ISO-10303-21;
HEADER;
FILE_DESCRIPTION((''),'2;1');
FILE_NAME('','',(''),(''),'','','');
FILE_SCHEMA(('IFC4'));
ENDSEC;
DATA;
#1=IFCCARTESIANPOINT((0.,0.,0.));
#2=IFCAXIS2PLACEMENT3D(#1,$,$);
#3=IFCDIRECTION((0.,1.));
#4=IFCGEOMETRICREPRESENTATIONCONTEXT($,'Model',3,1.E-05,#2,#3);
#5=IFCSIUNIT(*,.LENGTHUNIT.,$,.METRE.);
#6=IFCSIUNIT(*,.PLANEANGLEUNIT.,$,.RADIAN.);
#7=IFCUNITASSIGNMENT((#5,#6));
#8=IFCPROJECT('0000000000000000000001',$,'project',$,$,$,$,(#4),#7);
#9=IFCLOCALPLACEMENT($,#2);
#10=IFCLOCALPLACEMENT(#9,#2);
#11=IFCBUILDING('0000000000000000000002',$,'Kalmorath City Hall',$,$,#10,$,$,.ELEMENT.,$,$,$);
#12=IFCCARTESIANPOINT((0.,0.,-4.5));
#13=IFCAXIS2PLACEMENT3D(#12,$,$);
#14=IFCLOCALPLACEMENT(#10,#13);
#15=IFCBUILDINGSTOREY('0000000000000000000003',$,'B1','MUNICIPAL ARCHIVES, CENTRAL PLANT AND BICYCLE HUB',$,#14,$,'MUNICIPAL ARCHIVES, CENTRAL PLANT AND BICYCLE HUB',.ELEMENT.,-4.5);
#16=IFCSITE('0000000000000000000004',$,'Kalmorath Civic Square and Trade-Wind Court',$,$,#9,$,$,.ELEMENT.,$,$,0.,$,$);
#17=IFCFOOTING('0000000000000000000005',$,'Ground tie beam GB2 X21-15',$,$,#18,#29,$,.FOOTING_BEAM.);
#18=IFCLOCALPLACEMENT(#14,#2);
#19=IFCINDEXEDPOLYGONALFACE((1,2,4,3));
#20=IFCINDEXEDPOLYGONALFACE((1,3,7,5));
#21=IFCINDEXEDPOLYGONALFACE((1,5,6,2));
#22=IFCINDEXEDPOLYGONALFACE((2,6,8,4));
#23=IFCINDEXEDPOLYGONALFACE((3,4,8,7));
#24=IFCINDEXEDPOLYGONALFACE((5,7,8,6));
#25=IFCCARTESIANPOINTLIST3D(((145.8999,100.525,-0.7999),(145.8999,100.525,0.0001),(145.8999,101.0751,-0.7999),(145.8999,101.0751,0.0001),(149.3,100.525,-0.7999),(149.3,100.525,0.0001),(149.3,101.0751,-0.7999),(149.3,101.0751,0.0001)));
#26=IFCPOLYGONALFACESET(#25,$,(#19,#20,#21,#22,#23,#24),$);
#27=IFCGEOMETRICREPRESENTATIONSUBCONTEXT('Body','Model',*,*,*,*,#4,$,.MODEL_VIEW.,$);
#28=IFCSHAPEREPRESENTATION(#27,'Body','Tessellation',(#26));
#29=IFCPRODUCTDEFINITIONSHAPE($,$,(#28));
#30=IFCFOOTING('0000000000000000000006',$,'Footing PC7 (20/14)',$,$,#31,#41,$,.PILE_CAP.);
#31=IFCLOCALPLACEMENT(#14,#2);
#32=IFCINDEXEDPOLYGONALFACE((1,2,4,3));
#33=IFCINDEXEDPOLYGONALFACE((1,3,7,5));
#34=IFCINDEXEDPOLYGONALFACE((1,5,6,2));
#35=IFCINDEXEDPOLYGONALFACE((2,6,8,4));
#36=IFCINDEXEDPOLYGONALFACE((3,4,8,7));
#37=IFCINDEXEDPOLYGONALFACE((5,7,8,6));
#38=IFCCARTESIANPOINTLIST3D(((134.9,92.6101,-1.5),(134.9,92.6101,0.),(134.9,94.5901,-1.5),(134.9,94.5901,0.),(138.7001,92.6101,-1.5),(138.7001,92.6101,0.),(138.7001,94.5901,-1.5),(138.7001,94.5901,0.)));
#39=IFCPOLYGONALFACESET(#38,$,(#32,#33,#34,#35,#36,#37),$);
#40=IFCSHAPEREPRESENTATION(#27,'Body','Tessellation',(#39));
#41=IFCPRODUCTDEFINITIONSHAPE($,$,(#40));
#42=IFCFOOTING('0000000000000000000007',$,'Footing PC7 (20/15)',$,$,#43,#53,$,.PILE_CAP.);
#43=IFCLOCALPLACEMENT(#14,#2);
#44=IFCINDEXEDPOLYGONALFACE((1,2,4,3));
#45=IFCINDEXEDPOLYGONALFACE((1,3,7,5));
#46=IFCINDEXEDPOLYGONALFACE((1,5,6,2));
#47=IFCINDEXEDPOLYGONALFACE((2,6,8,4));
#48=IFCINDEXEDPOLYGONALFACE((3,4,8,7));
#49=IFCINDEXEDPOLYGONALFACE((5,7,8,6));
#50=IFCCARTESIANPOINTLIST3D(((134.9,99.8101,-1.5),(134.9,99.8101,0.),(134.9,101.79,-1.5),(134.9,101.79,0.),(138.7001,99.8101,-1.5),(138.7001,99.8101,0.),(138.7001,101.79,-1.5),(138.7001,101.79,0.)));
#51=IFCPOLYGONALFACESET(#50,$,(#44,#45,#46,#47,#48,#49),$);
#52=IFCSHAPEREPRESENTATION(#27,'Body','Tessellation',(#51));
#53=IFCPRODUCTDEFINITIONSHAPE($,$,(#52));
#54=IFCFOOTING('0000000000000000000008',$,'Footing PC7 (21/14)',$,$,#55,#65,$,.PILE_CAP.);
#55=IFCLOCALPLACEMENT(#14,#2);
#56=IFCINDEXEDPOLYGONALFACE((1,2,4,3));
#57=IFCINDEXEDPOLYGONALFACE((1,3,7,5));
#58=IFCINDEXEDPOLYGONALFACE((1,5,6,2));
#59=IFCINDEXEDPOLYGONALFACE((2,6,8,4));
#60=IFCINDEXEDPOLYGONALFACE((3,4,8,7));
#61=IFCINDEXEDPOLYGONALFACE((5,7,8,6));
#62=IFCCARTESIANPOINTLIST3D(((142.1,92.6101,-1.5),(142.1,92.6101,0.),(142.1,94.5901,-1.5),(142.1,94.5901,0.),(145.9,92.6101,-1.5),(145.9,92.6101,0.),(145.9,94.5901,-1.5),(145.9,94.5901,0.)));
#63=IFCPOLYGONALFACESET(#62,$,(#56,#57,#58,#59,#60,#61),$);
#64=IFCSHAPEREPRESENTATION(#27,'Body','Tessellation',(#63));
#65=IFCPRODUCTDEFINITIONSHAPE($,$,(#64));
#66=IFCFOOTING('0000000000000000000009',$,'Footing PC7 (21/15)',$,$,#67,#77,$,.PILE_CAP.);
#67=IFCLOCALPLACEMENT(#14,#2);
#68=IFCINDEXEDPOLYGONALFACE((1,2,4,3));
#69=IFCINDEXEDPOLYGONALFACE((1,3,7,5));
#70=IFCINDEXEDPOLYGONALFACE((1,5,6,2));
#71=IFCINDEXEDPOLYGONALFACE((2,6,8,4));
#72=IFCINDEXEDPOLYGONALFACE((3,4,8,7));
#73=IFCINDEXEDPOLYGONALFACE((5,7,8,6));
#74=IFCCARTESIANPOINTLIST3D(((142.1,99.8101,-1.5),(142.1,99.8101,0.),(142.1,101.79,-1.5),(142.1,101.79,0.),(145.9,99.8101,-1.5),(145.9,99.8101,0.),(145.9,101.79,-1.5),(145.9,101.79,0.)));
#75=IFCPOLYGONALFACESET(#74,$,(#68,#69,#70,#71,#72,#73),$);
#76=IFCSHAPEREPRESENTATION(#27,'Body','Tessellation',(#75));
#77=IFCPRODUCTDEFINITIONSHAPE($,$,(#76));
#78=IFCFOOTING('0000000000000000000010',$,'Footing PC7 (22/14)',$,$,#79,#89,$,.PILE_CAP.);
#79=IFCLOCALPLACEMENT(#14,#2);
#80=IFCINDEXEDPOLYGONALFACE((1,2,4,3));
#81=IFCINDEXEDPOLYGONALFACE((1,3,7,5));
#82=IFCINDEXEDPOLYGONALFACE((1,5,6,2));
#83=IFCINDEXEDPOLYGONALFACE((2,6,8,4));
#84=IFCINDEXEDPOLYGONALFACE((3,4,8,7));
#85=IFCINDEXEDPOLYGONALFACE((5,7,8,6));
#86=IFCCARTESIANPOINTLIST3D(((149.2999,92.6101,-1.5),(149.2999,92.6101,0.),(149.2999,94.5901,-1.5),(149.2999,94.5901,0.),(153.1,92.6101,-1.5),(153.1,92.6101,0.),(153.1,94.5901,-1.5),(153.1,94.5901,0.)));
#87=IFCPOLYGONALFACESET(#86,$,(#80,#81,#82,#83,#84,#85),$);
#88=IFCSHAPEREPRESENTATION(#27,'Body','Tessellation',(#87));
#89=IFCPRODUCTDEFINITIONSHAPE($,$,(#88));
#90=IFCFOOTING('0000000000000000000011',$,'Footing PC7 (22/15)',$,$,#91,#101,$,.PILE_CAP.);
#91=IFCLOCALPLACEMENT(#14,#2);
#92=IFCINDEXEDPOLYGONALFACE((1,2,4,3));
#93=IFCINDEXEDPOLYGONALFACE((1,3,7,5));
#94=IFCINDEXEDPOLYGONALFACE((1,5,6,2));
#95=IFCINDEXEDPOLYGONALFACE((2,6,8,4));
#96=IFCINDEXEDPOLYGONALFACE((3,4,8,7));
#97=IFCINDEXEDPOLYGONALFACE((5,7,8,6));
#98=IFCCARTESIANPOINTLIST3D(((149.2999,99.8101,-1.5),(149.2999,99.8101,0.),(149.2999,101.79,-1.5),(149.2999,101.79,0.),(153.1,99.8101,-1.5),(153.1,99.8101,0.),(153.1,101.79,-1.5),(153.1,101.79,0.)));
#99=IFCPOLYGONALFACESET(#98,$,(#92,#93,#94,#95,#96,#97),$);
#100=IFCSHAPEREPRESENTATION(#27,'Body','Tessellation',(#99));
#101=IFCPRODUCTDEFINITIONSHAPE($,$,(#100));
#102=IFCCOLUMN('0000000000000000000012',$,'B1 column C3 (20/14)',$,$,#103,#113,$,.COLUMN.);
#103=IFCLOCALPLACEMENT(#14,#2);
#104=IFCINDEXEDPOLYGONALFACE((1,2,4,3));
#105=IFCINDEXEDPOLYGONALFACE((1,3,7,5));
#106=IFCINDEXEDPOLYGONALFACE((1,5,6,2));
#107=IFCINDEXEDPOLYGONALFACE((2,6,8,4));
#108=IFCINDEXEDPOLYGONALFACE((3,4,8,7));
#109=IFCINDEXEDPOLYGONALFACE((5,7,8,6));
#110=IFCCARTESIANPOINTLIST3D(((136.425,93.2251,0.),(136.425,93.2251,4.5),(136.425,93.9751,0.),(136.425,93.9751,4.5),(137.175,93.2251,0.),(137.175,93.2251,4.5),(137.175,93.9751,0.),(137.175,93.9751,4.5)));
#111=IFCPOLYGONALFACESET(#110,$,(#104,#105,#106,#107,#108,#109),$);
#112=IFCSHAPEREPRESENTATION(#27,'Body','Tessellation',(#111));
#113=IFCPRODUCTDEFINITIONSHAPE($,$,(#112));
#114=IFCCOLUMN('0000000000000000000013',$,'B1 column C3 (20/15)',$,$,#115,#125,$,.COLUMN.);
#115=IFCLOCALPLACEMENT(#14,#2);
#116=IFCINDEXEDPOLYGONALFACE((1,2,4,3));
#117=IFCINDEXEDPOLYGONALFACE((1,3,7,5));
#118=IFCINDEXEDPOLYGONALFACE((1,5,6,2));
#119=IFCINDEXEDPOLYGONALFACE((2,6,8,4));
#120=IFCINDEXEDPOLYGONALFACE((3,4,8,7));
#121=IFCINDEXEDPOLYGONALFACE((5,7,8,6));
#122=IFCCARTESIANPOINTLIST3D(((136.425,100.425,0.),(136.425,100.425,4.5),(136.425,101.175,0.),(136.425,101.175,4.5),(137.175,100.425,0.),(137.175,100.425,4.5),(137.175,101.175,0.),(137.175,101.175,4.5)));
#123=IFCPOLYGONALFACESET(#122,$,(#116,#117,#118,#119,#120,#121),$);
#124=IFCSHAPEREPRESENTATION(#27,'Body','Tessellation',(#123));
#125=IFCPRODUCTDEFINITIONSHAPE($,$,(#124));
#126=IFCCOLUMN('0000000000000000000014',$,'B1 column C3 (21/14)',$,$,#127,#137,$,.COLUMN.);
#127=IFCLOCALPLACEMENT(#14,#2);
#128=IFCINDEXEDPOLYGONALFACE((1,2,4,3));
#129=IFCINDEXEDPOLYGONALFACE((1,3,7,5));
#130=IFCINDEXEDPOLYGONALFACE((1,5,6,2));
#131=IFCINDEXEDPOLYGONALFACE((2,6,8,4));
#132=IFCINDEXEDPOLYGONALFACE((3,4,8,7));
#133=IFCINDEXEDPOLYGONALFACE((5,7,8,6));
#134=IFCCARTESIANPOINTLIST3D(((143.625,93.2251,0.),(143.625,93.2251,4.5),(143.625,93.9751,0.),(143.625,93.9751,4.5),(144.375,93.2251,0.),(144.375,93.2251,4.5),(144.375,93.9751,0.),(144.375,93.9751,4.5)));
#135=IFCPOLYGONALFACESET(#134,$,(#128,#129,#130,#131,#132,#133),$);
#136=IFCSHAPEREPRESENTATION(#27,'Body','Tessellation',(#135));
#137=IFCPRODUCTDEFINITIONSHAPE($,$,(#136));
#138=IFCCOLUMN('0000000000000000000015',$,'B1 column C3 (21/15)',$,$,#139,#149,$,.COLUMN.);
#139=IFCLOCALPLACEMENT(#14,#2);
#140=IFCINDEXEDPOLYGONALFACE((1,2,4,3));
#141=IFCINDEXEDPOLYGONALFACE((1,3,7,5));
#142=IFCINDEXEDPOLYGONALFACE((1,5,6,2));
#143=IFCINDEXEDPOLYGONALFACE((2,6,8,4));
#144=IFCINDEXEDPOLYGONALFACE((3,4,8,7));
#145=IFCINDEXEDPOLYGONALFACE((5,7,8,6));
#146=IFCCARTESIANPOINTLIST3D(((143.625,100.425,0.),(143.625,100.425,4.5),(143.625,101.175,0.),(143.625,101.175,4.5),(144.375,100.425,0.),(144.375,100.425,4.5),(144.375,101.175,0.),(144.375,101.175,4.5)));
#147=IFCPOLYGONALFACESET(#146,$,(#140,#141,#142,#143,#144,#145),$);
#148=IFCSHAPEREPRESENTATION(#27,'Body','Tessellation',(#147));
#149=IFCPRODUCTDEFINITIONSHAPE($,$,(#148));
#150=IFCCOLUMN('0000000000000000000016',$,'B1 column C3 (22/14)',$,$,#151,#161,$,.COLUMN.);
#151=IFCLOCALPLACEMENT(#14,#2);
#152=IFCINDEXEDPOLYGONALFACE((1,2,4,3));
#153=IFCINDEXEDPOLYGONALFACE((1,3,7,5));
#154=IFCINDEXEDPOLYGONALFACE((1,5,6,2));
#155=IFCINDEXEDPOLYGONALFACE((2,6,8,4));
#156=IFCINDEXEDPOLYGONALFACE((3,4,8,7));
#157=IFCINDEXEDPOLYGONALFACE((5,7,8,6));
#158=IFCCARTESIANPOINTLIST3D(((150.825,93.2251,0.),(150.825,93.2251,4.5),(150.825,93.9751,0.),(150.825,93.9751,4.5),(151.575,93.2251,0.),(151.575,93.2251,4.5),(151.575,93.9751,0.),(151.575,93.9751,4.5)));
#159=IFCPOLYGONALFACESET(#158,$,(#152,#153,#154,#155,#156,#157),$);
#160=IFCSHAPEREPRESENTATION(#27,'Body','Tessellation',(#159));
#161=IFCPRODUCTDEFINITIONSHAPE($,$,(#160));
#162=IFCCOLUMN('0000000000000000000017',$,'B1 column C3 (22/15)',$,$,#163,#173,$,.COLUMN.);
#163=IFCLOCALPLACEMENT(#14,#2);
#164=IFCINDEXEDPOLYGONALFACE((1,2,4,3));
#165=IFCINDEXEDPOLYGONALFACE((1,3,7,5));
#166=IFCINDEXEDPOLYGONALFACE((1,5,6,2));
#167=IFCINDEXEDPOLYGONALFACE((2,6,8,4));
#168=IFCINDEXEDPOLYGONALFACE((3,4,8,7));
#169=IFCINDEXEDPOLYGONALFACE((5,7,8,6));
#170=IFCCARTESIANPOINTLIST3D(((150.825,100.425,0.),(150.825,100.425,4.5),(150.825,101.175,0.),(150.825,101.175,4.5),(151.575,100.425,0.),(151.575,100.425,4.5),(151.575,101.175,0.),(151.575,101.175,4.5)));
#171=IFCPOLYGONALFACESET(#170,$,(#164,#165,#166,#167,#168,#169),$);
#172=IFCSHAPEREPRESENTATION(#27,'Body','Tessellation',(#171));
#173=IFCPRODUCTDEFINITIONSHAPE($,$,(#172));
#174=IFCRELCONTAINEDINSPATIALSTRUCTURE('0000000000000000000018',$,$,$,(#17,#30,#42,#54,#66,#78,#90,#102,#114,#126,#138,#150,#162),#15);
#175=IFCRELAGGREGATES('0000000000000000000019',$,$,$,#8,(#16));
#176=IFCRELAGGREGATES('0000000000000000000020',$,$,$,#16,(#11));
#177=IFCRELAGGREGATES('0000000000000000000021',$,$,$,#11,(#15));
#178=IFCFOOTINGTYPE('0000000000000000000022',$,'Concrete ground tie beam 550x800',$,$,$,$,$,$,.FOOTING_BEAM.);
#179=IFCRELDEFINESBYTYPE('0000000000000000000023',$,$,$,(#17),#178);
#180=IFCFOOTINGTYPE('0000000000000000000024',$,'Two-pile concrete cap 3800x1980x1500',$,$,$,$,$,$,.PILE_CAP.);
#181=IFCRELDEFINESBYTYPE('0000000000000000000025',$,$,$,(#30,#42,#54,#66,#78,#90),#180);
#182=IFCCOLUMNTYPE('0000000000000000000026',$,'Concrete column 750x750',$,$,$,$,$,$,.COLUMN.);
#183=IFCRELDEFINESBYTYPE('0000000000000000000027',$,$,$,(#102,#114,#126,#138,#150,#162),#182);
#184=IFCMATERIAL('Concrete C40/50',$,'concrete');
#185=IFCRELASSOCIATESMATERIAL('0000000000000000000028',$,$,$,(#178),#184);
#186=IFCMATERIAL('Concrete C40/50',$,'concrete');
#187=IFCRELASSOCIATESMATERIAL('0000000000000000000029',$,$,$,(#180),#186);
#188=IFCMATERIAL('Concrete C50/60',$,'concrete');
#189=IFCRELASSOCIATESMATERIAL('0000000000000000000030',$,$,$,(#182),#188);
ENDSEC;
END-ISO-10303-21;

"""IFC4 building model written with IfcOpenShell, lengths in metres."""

from ifc_helpers import new_model, si_unit, direction, frame, origin, origin_2d, place, context, subcontext, project, spatial, rectangle, extrude, material, material_profile, profile_set, type_object, element, save


model = new_model("IFC4")

# Units and contexts
model_context = context("Model", 3, precision=1e-05, world=origin(), true_north=direction((0.0, 1.0)))
body_context = subcontext(model_context, "Body", "Model", "MODEL_VIEW")
ifc_project = project(units=[si_unit("LENGTHUNIT", "METRE"), si_unit("PLANEANGLEUNIT", "RADIAN")], contexts=[model_context])

# Site, building, storey
site_placement = place(None, origin())
site = spatial("IfcSite", under=ifc_project, at=site_placement, Name="Kalmorath Civic Square and Trade-Wind Court", CompositionType="ELEMENT", RefElevation=0.0)
building_placement = place(site_placement, origin())
building = spatial("IfcBuilding", under=site, at=building_placement, Name="Kalmorath City Hall", CompositionType="ELEMENT")
storey_placement = place(building_placement, frame((0.0, 0.0, -4.5)))
storey = spatial("IfcBuildingStorey", under=building, at=storey_placement, Name="B1", Description="MUNICIPAL ARCHIVES, CENTRAL PLANT AND BICYCLE HUB", LongName="MUNICIPAL ARCHIVES, CENTRAL PLANT AND BICYCLE HUB", CompositionType="ELEMENT", Elevation=-4.5)

# Footings
ifc_material_1 = material(Name="Concrete C40/50", Category="concrete")
ifc_material_profile_1 = material_profile(ifc_material_1, rectangle(XDim=0.55, YDim=0.8, at=origin_2d()), Name="RC-BM-550X800")
ifc_profile_set_1 = profile_set([ifc_material_profile_1], Name="Concrete C40/50")
footing_type_1 = type_object("IfcFootingType", Name="Concrete ground tie beam 550x800", PredefinedType="FOOTING_BEAM", material=ifc_profile_set_1)
for number, where, z_axis, x_axis, name in (
    (1, (145.8999, 100.8, -0.3999), (1.0, 0.0, 0.0), (0.0, 1.0, 0.0), "Ground tie beam GB2 X21-15"),
):
    element("IfcFooting", number, at=place(storey_placement, frame(where, z_axis=z_axis, x_axis=x_axis)), inside=storey, type_object=footing_type_1, Name=name, PredefinedType="FOOTING_BEAM", context=body_context, shape_type="SweptSolid", body=[
        extrude(rectangle(XDim=0.55, YDim=0.8, at=origin_2d()), origin(), (0.0, 0.0, 1.0), 3.4001),
    ])
ifc_material_2 = material(Name="Concrete C40/50", Category="concrete")
footing_type_2 = type_object("IfcFootingType", Name="Two-pile concrete cap 3800x1980x1500", PredefinedType="PILE_CAP", material=ifc_material_2)
for number, where, z_axis, x_axis, name in (
    (2, (136.8, 93.6001, -1.5), (0.0, 0.0, 1.0), (1.0, 0.0, 0.0), "Footing PC7 (20/14)"),
    (3, (136.8, 100.8, -1.5), (0.0, 0.0, 1.0), (1.0, 0.0, 0.0), "Footing PC7 (20/15)"),
    (4, (144.0, 93.6001, -1.5), (0.0, 0.0, 1.0), (1.0, 0.0, 0.0), "Footing PC7 (21/14)"),
    (5, (144.0, 100.8, -1.5), (0.0, 0.0, 1.0), (1.0, 0.0, 0.0), "Footing PC7 (21/15)"),
    (6, (151.2, 93.6001, -1.5), (0.0, 0.0, 1.0), (1.0, 0.0, 0.0), "Footing PC7 (22/14)"),
    (7, (151.2, 100.8, -1.5), (0.0, 0.0, 1.0), (1.0, 0.0, 0.0), "Footing PC7 (22/15)"),
):
    element("IfcFooting", number, at=place(storey_placement, frame(where, z_axis=z_axis, x_axis=x_axis)), inside=storey, type_object=footing_type_2, Name=name, PredefinedType="PILE_CAP", context=body_context, shape_type="SweptSolid", body=[
        extrude(rectangle(XDim=3.8, YDim=1.98, at=origin_2d()), origin(), (0.0, 0.0, 1.0), 1.5),
    ])

# Columns
ifc_material_3 = material(Name="Concrete C50/60", Category="concrete")
ifc_material_profile_2 = material_profile(ifc_material_3, rectangle(XDim=0.75, YDim=0.75, at=origin_2d()), Name="RC-COL-750X750")
ifc_profile_set_2 = profile_set([ifc_material_profile_2], Name="Concrete C50/60")
column_type = type_object("IfcColumnType", Name="Concrete column 750x750", PredefinedType="COLUMN", material=ifc_profile_set_2)
for number, where, z_axis, x_axis, name in (
    (8, (136.8, 93.6001, 0.0), (0.0, 0.0, 1.0), (1.0, 0.0, 0.0), "B1 column C3 (20/14)"),
    (9, (136.8, 100.8, 0.0), (0.0, 0.0, 1.0), (1.0, 0.0, 0.0), "B1 column C3 (20/15)"),
    (10, (144.0, 93.6001, 0.0), (0.0, 0.0, 1.0), (1.0, 0.0, 0.0), "B1 column C3 (21/14)"),
    (11, (144.0, 100.8, 0.0), (0.0, 0.0, 1.0), (1.0, 0.0, 0.0), "B1 column C3 (21/15)"),
    (12, (151.2, 93.6001, 0.0), (0.0, 0.0, 1.0), (1.0, 0.0, 0.0), "B1 column C3 (22/14)"),
    (13, (151.2, 100.8, 0.0), (0.0, 0.0, 1.0), (1.0, 0.0, 0.0), "B1 column C3 (22/15)"),
):
    element("IfcColumn", number, at=place(storey_placement, frame(where, z_axis=z_axis, x_axis=x_axis)), inside=storey, type_object=column_type, Name=name, PredefinedType="COLUMN", context=body_context, shape_type="SweptSolid", body=[
        extrude(rectangle(XDim=0.75, YDim=0.75, at=origin_2d()), origin(), (0.0, 0.0, 1.0), 4.5),
    ])

save(model, "model.ifc")
